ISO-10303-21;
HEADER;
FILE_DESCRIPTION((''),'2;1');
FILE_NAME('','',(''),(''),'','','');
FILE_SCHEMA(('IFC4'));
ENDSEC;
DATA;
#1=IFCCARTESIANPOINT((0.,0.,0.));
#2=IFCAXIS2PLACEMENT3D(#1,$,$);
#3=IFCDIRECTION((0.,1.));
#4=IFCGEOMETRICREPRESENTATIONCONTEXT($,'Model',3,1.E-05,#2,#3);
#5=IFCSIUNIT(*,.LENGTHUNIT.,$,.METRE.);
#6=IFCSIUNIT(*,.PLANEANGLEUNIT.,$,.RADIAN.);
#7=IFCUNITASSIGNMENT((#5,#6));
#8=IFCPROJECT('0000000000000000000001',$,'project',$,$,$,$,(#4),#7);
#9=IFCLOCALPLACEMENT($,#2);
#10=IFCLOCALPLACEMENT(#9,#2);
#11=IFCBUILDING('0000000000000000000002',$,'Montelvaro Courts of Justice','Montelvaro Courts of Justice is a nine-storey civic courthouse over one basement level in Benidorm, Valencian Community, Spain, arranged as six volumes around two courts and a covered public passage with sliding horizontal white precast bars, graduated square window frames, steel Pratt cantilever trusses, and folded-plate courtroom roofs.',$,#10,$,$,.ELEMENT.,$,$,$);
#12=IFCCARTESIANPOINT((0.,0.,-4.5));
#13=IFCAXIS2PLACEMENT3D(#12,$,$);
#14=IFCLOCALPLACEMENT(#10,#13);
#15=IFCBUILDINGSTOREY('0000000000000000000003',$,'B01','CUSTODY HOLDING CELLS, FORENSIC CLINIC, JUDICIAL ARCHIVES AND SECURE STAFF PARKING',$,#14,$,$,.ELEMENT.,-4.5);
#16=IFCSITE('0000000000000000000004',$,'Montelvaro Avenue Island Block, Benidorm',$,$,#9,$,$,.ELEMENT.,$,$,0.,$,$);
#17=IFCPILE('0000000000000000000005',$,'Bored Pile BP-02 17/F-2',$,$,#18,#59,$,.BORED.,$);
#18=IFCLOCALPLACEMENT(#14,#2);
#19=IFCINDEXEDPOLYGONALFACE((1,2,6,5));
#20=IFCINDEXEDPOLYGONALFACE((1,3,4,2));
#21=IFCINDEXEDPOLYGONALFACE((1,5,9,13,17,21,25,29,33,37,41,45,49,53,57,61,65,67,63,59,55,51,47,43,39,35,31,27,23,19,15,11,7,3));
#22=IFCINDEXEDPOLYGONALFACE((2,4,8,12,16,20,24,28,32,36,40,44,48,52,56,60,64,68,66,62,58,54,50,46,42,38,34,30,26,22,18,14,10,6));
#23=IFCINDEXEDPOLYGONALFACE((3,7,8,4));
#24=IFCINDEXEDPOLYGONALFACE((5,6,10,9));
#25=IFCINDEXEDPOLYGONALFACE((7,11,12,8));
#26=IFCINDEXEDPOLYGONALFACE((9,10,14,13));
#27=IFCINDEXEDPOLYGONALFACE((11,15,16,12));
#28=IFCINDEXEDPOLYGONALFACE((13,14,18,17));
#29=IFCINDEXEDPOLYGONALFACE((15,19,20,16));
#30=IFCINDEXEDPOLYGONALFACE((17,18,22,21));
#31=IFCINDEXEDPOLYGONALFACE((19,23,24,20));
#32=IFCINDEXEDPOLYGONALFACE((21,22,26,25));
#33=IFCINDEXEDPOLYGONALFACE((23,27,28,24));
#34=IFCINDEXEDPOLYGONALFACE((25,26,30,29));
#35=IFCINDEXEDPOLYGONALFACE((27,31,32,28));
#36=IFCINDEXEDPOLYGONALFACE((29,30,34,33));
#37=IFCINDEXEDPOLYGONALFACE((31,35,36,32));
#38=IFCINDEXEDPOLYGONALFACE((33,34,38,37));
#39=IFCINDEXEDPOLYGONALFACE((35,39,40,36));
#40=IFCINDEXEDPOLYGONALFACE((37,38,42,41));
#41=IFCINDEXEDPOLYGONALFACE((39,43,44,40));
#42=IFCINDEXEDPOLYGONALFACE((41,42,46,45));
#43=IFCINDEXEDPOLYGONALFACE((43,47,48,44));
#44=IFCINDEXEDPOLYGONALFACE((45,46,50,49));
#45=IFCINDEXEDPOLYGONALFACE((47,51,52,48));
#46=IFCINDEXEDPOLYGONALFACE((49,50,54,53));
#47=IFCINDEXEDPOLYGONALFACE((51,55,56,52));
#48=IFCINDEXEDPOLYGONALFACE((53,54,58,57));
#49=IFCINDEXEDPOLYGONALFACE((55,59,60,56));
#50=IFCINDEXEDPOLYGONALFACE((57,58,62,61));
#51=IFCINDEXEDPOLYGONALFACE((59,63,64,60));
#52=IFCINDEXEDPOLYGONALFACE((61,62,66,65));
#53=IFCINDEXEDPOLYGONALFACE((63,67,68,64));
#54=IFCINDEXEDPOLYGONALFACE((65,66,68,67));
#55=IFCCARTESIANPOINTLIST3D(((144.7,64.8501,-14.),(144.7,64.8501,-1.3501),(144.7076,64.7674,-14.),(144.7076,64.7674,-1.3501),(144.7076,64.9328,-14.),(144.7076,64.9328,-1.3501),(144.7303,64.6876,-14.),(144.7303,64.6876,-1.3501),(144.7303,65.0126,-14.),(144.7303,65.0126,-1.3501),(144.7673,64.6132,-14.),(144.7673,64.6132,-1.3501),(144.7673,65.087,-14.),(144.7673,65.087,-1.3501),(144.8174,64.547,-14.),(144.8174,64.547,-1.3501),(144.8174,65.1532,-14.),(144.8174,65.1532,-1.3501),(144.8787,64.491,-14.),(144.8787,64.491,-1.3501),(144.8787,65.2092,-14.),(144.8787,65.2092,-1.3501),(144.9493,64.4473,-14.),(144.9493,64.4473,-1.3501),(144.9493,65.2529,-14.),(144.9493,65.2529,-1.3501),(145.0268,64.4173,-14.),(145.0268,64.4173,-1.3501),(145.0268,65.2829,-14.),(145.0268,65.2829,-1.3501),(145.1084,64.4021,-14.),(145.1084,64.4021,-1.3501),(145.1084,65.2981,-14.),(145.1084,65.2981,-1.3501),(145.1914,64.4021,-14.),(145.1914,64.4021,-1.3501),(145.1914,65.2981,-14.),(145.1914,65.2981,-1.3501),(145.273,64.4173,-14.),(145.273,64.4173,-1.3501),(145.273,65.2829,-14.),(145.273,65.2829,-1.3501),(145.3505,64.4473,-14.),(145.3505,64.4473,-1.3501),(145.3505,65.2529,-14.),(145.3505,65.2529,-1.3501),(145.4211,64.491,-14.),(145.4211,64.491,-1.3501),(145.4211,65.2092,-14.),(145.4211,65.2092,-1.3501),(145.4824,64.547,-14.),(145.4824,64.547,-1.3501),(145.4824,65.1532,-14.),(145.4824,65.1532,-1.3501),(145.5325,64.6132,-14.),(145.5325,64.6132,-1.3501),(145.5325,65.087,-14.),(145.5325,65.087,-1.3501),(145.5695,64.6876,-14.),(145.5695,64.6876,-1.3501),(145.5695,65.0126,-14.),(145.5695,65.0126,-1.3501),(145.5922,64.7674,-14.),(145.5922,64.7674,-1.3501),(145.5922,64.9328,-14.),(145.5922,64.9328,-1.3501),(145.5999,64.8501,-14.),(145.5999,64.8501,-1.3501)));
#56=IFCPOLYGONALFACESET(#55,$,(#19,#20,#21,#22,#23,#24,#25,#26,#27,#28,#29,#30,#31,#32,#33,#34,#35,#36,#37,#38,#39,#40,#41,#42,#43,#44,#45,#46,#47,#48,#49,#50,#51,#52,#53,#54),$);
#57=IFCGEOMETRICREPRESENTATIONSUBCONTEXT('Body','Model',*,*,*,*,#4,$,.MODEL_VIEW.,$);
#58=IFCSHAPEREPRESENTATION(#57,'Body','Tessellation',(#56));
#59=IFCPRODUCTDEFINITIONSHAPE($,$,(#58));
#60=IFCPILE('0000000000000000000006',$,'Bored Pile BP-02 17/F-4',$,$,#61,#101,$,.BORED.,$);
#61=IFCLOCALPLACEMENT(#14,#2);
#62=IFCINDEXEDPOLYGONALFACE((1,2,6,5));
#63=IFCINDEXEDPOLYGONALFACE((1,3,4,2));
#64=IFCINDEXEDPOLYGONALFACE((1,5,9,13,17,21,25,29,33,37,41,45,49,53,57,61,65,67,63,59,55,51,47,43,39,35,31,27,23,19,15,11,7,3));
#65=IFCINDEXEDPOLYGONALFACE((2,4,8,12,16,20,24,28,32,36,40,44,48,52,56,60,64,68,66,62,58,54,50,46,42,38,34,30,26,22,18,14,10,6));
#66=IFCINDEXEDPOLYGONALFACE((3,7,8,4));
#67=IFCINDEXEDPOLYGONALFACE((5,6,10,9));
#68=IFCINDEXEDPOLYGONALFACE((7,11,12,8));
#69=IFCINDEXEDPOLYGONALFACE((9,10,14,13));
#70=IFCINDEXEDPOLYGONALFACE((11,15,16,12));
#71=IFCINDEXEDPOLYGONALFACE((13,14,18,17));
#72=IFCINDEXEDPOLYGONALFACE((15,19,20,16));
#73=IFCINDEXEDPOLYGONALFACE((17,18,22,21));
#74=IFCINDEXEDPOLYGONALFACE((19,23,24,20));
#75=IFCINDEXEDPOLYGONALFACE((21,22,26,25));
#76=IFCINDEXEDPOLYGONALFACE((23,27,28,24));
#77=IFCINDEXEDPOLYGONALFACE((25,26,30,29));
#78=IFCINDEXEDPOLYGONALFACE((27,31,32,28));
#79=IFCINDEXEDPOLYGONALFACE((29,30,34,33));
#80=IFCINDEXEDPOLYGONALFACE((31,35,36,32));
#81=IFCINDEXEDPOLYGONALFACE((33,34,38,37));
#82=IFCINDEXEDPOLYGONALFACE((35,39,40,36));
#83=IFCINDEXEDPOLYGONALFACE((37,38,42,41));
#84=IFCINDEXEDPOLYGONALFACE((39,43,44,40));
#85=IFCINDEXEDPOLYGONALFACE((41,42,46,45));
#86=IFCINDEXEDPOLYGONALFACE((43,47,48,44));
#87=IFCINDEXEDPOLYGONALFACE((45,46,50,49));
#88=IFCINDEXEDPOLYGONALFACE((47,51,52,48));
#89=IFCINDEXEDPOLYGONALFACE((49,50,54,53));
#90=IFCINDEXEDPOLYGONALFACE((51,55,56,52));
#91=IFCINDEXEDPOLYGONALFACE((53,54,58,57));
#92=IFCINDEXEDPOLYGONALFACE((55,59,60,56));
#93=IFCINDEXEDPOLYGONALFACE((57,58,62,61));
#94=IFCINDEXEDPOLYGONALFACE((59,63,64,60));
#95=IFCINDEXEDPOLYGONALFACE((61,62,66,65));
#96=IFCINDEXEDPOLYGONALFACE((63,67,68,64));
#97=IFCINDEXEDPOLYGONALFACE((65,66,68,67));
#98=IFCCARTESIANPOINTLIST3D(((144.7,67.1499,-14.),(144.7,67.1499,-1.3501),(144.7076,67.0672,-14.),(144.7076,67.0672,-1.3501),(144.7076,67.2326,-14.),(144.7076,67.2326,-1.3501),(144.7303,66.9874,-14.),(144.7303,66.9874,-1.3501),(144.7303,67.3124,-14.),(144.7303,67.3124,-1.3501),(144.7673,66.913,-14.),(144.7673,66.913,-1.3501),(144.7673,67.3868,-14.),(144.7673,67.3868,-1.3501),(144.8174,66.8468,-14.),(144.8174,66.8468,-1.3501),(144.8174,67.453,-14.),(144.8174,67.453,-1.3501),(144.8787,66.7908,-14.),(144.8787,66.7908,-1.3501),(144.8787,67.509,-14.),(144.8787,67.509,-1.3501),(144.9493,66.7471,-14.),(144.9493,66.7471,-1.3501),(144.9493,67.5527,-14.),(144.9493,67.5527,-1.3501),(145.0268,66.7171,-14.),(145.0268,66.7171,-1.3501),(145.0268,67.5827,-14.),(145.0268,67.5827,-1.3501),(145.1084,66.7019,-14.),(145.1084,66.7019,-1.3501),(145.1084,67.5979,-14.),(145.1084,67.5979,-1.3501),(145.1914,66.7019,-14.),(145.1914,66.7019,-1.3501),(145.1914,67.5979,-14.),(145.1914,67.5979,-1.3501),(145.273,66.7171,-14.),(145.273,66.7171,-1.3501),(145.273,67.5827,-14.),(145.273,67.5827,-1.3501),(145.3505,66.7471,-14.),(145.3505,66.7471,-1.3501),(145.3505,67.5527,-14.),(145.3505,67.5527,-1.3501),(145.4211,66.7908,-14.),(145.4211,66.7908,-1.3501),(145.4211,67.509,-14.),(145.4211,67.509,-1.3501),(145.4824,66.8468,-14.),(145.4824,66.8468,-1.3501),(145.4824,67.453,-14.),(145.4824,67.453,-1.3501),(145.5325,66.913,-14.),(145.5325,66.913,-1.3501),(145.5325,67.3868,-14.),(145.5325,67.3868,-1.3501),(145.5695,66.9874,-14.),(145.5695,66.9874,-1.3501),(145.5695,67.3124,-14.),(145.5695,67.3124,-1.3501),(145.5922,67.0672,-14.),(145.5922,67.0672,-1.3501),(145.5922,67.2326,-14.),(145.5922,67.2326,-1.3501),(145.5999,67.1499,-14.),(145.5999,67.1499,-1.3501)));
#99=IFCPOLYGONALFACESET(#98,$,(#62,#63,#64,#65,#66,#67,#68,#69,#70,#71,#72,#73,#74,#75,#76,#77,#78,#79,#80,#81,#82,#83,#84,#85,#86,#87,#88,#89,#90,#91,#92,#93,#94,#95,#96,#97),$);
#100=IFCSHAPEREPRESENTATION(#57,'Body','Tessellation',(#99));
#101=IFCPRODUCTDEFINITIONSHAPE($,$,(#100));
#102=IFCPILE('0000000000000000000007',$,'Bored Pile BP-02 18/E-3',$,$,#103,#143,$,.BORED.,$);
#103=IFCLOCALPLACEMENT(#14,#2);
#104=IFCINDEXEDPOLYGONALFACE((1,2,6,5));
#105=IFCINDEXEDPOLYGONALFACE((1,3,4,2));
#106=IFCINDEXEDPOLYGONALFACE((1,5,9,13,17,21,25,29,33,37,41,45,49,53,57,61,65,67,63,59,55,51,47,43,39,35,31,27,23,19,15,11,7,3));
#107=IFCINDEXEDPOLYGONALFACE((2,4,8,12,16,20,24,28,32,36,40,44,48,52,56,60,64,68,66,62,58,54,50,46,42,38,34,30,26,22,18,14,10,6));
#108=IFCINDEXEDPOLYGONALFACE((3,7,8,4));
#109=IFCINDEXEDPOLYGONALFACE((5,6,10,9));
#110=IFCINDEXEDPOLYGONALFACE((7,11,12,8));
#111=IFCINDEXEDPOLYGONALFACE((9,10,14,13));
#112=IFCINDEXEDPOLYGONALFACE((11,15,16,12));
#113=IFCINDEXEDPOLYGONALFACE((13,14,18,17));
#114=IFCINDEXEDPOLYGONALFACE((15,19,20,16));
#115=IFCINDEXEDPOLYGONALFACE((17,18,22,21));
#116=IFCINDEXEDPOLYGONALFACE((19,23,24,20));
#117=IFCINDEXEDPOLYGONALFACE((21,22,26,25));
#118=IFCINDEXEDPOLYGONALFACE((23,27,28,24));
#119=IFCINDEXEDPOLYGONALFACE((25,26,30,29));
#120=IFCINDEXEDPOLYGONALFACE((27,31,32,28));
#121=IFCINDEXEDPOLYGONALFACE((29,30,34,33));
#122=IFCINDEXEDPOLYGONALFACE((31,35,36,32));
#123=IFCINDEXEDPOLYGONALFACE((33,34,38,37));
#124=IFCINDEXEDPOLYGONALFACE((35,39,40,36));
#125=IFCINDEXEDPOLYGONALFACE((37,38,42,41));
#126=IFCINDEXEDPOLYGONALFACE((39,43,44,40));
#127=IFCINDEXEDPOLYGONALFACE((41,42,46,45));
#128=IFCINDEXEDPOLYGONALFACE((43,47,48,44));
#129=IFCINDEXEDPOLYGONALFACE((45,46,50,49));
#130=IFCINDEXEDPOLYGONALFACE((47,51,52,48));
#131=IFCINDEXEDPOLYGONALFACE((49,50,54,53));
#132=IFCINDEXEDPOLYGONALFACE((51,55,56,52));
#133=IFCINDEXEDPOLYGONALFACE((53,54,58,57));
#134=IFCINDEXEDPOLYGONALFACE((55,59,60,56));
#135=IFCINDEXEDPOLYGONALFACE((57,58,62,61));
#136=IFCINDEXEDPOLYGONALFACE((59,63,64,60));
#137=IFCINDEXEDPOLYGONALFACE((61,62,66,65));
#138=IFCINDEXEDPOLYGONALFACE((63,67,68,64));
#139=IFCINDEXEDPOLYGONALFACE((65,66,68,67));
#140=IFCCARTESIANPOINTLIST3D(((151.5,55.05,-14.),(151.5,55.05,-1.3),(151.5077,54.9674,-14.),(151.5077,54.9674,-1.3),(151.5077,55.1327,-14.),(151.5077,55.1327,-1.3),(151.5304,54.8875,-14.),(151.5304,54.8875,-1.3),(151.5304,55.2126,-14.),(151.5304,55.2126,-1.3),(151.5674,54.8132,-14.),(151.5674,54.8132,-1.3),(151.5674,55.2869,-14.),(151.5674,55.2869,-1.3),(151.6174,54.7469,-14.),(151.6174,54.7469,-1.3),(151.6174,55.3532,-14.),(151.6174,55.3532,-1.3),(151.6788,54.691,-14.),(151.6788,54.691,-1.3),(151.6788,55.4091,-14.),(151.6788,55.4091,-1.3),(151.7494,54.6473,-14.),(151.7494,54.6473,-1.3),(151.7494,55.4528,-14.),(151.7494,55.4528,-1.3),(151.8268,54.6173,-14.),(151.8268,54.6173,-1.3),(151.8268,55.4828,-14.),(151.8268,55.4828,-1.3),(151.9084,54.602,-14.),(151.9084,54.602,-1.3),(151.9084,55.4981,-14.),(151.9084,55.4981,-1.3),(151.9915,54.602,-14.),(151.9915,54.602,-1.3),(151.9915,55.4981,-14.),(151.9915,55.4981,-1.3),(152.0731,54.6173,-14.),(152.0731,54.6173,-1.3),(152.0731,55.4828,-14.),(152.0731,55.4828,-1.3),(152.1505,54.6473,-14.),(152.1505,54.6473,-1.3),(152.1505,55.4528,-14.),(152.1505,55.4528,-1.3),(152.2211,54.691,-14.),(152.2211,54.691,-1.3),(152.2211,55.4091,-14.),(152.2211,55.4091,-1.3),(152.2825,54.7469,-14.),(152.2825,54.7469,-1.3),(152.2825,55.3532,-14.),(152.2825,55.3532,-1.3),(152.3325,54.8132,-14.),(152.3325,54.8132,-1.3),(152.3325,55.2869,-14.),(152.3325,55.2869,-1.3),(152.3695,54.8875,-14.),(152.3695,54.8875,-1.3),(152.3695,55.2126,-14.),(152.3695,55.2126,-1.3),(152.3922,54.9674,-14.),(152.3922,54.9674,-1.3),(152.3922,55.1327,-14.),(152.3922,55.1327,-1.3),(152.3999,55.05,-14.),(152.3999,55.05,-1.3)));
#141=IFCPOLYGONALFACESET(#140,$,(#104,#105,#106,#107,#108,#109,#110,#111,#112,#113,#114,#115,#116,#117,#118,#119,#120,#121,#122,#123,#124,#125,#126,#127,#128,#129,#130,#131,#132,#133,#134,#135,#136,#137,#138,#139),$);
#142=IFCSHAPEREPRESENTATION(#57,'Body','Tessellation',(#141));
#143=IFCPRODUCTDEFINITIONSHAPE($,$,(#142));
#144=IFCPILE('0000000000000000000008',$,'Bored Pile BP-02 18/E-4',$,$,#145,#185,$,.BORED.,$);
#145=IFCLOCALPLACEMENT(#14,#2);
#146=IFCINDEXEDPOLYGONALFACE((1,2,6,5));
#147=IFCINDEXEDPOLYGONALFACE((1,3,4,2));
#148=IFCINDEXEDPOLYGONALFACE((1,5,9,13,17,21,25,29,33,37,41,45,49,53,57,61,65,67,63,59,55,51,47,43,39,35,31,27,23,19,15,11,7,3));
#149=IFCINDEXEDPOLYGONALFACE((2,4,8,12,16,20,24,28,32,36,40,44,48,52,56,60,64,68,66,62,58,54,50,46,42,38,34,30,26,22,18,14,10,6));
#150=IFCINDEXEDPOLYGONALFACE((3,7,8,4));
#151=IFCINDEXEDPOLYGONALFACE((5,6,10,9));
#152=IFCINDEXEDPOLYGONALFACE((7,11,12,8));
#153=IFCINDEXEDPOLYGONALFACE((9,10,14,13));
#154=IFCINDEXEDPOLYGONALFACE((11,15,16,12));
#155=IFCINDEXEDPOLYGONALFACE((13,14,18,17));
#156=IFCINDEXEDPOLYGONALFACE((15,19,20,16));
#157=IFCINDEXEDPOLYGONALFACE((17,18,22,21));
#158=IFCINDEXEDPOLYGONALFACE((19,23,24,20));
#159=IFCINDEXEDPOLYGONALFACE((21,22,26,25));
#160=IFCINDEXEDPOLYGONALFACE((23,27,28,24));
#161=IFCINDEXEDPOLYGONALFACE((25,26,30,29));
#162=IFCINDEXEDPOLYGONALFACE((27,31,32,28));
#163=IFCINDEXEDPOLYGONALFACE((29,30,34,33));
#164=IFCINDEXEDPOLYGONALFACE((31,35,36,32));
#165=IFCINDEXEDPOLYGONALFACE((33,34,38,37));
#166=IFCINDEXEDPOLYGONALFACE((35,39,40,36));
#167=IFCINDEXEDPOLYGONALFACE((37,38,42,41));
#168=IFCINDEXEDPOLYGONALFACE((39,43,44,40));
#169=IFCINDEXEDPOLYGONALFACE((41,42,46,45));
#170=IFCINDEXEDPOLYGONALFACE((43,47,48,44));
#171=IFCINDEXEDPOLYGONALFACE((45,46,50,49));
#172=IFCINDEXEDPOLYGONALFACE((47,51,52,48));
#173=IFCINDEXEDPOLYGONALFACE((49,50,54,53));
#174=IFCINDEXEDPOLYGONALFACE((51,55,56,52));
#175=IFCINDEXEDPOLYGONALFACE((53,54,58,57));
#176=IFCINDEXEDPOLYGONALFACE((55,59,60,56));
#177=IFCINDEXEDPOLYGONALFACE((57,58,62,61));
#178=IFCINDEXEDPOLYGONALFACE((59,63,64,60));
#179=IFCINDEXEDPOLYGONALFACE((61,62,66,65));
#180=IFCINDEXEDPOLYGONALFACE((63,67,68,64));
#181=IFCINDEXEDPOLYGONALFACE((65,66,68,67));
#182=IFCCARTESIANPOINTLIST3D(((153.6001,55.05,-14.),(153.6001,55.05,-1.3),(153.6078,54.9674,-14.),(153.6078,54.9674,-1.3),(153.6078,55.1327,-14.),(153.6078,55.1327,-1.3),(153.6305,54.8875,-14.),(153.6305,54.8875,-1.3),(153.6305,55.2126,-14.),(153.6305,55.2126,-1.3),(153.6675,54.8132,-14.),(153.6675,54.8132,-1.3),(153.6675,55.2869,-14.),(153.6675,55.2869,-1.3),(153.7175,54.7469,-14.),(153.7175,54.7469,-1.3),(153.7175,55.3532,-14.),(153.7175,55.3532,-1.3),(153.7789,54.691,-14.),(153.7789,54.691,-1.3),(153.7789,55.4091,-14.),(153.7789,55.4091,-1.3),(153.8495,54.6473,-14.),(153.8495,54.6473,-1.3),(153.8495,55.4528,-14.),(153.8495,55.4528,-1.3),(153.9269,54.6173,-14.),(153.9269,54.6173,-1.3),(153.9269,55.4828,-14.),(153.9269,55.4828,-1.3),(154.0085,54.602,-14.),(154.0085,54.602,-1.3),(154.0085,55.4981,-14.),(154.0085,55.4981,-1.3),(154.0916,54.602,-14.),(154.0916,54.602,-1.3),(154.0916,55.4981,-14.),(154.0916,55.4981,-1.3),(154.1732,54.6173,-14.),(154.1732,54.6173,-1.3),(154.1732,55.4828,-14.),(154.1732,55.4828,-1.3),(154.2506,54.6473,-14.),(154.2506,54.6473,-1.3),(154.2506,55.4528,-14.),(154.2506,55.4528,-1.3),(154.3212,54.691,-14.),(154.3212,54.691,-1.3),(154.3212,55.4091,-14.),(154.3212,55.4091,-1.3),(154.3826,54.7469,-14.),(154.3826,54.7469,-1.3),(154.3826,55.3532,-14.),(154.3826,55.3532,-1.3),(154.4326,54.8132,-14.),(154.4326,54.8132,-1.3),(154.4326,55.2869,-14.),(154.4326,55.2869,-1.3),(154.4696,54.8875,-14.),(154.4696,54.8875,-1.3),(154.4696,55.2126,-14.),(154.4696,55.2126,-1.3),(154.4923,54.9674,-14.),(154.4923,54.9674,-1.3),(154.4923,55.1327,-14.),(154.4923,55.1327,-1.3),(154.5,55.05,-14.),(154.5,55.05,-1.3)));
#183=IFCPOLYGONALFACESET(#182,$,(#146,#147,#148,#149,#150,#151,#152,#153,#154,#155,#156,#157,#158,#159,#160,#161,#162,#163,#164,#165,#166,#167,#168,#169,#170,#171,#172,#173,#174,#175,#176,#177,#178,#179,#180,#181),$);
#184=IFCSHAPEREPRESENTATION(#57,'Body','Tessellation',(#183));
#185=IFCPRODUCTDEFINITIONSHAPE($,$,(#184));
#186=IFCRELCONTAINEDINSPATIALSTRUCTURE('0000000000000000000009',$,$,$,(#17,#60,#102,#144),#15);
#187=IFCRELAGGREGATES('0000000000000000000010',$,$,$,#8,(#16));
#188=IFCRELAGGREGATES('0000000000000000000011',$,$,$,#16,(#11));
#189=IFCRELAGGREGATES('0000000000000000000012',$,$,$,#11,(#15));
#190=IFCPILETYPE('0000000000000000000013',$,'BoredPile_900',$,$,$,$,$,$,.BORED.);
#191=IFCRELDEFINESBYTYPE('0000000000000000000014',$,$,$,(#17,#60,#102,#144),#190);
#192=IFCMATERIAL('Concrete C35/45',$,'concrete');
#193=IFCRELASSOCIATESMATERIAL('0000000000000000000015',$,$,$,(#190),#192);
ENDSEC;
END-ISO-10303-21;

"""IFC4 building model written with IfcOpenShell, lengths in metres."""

from ifc_helpers import new_model, si_unit, direction, frame, origin, origin_2d, place, context, subcontext, project, spatial, circle, extrude, material, material_profile, profile_set, type_object, element, save


model = new_model("IFC4")

# Units and contexts
model_context = context("Model", 3, precision=1e-05, world=origin(), true_north=direction((0.0, 1.0)))
body_context = subcontext(model_context, "Body", "Model", "MODEL_VIEW")
ifc_project = project(units=[si_unit("LENGTHUNIT", "METRE"), si_unit("PLANEANGLEUNIT", "RADIAN")], contexts=[model_context])

# Site, building, storey
site_placement = place(None, origin())
site = spatial("IfcSite", under=ifc_project, at=site_placement, Name="Montelvaro Avenue Island Block, Benidorm", CompositionType="ELEMENT", RefElevation=0.0)
building_placement = place(site_placement, origin())
building = spatial("IfcBuilding", under=site, at=building_placement, Name="Montelvaro Courts of Justice", Description="Montelvaro Courts of Justice is a nine-storey civic courthouse over one basement level in Benidorm, Valencian Community, Spain, arranged as six volumes around two courts and a covered public passage with sliding horizontal white precast bars, graduated square window frames, steel Pratt cantilever trusses, and folded-plate courtroom roofs.", CompositionType="ELEMENT")
storey_placement = place(building_placement, frame((0.0, 0.0, -4.5)))
storey = spatial("IfcBuildingStorey", under=building, at=storey_placement, Name="B01", Description="CUSTODY HOLDING CELLS, FORENSIC CLINIC, JUDICIAL ARCHIVES AND SECURE STAFF PARKING", CompositionType="ELEMENT", Elevation=-4.5)

# Piles
ifc_material_1 = material(Name="Concrete C35/45", Category="concrete")
ifc_material_profile_1 = material_profile(ifc_material_1, circle(Radius=0.45, at=origin_2d()), Name="BORED PILE D900")
ifc_profile_set_1 = profile_set([ifc_material_profile_1], Name="Concrete C35/45")
pile_type_1 = type_object("IfcPileType", Name="BoredPile_900", PredefinedType="BORED", material=ifc_profile_set_1)
for number, where, z_axis, x_axis, name in (
    (1, (145.1499, 64.8501, -1.3501), (0.0, 0.0, -1.0), (1.0, 0.0, 0.0), "Bored Pile BP-02 17/F-2"),
    (2, (145.1499, 67.1499, -1.3501), (0.0, 0.0, -1.0), (1.0, 0.0, 0.0), "Bored Pile BP-02 17/F-4"),
):
    element("IfcPile", number, at=place(storey_placement, frame(where, z_axis=z_axis, x_axis=x_axis)), inside=storey, type_object=pile_type_1, Name=name, PredefinedType="BORED", context=body_context, shape_type="SweptSolid", body=[
        extrude(circle(Radius=0.45, at=origin_2d()), origin(), (0.0, 0.0, 1.0), 12.6499),
    ])
for number, where, z_axis, x_axis, name in (
    (3, (151.95, 55.05, -1.3), (0.0, 0.0, -1.0), (1.0, 0.0, 0.0), "Bored Pile BP-02 18/E-3"),
    (4, (154.05, 55.05, -1.3), (0.0, 0.0, -1.0), (1.0, 0.0, 0.0), "Bored Pile BP-02 18/E-4"),
):
    element("IfcPile", number, at=place(storey_placement, frame(where, z_axis=z_axis, x_axis=x_axis)), inside=storey, type_object=pile_type_1, Name=name, PredefinedType="BORED", context=body_context, shape_type="SweptSolid", body=[
        extrude(circle(Radius=0.45, at=origin_2d()), origin(), (0.0, 0.0, 1.0), 12.7),
    ])

save(model, "model.ifc")
